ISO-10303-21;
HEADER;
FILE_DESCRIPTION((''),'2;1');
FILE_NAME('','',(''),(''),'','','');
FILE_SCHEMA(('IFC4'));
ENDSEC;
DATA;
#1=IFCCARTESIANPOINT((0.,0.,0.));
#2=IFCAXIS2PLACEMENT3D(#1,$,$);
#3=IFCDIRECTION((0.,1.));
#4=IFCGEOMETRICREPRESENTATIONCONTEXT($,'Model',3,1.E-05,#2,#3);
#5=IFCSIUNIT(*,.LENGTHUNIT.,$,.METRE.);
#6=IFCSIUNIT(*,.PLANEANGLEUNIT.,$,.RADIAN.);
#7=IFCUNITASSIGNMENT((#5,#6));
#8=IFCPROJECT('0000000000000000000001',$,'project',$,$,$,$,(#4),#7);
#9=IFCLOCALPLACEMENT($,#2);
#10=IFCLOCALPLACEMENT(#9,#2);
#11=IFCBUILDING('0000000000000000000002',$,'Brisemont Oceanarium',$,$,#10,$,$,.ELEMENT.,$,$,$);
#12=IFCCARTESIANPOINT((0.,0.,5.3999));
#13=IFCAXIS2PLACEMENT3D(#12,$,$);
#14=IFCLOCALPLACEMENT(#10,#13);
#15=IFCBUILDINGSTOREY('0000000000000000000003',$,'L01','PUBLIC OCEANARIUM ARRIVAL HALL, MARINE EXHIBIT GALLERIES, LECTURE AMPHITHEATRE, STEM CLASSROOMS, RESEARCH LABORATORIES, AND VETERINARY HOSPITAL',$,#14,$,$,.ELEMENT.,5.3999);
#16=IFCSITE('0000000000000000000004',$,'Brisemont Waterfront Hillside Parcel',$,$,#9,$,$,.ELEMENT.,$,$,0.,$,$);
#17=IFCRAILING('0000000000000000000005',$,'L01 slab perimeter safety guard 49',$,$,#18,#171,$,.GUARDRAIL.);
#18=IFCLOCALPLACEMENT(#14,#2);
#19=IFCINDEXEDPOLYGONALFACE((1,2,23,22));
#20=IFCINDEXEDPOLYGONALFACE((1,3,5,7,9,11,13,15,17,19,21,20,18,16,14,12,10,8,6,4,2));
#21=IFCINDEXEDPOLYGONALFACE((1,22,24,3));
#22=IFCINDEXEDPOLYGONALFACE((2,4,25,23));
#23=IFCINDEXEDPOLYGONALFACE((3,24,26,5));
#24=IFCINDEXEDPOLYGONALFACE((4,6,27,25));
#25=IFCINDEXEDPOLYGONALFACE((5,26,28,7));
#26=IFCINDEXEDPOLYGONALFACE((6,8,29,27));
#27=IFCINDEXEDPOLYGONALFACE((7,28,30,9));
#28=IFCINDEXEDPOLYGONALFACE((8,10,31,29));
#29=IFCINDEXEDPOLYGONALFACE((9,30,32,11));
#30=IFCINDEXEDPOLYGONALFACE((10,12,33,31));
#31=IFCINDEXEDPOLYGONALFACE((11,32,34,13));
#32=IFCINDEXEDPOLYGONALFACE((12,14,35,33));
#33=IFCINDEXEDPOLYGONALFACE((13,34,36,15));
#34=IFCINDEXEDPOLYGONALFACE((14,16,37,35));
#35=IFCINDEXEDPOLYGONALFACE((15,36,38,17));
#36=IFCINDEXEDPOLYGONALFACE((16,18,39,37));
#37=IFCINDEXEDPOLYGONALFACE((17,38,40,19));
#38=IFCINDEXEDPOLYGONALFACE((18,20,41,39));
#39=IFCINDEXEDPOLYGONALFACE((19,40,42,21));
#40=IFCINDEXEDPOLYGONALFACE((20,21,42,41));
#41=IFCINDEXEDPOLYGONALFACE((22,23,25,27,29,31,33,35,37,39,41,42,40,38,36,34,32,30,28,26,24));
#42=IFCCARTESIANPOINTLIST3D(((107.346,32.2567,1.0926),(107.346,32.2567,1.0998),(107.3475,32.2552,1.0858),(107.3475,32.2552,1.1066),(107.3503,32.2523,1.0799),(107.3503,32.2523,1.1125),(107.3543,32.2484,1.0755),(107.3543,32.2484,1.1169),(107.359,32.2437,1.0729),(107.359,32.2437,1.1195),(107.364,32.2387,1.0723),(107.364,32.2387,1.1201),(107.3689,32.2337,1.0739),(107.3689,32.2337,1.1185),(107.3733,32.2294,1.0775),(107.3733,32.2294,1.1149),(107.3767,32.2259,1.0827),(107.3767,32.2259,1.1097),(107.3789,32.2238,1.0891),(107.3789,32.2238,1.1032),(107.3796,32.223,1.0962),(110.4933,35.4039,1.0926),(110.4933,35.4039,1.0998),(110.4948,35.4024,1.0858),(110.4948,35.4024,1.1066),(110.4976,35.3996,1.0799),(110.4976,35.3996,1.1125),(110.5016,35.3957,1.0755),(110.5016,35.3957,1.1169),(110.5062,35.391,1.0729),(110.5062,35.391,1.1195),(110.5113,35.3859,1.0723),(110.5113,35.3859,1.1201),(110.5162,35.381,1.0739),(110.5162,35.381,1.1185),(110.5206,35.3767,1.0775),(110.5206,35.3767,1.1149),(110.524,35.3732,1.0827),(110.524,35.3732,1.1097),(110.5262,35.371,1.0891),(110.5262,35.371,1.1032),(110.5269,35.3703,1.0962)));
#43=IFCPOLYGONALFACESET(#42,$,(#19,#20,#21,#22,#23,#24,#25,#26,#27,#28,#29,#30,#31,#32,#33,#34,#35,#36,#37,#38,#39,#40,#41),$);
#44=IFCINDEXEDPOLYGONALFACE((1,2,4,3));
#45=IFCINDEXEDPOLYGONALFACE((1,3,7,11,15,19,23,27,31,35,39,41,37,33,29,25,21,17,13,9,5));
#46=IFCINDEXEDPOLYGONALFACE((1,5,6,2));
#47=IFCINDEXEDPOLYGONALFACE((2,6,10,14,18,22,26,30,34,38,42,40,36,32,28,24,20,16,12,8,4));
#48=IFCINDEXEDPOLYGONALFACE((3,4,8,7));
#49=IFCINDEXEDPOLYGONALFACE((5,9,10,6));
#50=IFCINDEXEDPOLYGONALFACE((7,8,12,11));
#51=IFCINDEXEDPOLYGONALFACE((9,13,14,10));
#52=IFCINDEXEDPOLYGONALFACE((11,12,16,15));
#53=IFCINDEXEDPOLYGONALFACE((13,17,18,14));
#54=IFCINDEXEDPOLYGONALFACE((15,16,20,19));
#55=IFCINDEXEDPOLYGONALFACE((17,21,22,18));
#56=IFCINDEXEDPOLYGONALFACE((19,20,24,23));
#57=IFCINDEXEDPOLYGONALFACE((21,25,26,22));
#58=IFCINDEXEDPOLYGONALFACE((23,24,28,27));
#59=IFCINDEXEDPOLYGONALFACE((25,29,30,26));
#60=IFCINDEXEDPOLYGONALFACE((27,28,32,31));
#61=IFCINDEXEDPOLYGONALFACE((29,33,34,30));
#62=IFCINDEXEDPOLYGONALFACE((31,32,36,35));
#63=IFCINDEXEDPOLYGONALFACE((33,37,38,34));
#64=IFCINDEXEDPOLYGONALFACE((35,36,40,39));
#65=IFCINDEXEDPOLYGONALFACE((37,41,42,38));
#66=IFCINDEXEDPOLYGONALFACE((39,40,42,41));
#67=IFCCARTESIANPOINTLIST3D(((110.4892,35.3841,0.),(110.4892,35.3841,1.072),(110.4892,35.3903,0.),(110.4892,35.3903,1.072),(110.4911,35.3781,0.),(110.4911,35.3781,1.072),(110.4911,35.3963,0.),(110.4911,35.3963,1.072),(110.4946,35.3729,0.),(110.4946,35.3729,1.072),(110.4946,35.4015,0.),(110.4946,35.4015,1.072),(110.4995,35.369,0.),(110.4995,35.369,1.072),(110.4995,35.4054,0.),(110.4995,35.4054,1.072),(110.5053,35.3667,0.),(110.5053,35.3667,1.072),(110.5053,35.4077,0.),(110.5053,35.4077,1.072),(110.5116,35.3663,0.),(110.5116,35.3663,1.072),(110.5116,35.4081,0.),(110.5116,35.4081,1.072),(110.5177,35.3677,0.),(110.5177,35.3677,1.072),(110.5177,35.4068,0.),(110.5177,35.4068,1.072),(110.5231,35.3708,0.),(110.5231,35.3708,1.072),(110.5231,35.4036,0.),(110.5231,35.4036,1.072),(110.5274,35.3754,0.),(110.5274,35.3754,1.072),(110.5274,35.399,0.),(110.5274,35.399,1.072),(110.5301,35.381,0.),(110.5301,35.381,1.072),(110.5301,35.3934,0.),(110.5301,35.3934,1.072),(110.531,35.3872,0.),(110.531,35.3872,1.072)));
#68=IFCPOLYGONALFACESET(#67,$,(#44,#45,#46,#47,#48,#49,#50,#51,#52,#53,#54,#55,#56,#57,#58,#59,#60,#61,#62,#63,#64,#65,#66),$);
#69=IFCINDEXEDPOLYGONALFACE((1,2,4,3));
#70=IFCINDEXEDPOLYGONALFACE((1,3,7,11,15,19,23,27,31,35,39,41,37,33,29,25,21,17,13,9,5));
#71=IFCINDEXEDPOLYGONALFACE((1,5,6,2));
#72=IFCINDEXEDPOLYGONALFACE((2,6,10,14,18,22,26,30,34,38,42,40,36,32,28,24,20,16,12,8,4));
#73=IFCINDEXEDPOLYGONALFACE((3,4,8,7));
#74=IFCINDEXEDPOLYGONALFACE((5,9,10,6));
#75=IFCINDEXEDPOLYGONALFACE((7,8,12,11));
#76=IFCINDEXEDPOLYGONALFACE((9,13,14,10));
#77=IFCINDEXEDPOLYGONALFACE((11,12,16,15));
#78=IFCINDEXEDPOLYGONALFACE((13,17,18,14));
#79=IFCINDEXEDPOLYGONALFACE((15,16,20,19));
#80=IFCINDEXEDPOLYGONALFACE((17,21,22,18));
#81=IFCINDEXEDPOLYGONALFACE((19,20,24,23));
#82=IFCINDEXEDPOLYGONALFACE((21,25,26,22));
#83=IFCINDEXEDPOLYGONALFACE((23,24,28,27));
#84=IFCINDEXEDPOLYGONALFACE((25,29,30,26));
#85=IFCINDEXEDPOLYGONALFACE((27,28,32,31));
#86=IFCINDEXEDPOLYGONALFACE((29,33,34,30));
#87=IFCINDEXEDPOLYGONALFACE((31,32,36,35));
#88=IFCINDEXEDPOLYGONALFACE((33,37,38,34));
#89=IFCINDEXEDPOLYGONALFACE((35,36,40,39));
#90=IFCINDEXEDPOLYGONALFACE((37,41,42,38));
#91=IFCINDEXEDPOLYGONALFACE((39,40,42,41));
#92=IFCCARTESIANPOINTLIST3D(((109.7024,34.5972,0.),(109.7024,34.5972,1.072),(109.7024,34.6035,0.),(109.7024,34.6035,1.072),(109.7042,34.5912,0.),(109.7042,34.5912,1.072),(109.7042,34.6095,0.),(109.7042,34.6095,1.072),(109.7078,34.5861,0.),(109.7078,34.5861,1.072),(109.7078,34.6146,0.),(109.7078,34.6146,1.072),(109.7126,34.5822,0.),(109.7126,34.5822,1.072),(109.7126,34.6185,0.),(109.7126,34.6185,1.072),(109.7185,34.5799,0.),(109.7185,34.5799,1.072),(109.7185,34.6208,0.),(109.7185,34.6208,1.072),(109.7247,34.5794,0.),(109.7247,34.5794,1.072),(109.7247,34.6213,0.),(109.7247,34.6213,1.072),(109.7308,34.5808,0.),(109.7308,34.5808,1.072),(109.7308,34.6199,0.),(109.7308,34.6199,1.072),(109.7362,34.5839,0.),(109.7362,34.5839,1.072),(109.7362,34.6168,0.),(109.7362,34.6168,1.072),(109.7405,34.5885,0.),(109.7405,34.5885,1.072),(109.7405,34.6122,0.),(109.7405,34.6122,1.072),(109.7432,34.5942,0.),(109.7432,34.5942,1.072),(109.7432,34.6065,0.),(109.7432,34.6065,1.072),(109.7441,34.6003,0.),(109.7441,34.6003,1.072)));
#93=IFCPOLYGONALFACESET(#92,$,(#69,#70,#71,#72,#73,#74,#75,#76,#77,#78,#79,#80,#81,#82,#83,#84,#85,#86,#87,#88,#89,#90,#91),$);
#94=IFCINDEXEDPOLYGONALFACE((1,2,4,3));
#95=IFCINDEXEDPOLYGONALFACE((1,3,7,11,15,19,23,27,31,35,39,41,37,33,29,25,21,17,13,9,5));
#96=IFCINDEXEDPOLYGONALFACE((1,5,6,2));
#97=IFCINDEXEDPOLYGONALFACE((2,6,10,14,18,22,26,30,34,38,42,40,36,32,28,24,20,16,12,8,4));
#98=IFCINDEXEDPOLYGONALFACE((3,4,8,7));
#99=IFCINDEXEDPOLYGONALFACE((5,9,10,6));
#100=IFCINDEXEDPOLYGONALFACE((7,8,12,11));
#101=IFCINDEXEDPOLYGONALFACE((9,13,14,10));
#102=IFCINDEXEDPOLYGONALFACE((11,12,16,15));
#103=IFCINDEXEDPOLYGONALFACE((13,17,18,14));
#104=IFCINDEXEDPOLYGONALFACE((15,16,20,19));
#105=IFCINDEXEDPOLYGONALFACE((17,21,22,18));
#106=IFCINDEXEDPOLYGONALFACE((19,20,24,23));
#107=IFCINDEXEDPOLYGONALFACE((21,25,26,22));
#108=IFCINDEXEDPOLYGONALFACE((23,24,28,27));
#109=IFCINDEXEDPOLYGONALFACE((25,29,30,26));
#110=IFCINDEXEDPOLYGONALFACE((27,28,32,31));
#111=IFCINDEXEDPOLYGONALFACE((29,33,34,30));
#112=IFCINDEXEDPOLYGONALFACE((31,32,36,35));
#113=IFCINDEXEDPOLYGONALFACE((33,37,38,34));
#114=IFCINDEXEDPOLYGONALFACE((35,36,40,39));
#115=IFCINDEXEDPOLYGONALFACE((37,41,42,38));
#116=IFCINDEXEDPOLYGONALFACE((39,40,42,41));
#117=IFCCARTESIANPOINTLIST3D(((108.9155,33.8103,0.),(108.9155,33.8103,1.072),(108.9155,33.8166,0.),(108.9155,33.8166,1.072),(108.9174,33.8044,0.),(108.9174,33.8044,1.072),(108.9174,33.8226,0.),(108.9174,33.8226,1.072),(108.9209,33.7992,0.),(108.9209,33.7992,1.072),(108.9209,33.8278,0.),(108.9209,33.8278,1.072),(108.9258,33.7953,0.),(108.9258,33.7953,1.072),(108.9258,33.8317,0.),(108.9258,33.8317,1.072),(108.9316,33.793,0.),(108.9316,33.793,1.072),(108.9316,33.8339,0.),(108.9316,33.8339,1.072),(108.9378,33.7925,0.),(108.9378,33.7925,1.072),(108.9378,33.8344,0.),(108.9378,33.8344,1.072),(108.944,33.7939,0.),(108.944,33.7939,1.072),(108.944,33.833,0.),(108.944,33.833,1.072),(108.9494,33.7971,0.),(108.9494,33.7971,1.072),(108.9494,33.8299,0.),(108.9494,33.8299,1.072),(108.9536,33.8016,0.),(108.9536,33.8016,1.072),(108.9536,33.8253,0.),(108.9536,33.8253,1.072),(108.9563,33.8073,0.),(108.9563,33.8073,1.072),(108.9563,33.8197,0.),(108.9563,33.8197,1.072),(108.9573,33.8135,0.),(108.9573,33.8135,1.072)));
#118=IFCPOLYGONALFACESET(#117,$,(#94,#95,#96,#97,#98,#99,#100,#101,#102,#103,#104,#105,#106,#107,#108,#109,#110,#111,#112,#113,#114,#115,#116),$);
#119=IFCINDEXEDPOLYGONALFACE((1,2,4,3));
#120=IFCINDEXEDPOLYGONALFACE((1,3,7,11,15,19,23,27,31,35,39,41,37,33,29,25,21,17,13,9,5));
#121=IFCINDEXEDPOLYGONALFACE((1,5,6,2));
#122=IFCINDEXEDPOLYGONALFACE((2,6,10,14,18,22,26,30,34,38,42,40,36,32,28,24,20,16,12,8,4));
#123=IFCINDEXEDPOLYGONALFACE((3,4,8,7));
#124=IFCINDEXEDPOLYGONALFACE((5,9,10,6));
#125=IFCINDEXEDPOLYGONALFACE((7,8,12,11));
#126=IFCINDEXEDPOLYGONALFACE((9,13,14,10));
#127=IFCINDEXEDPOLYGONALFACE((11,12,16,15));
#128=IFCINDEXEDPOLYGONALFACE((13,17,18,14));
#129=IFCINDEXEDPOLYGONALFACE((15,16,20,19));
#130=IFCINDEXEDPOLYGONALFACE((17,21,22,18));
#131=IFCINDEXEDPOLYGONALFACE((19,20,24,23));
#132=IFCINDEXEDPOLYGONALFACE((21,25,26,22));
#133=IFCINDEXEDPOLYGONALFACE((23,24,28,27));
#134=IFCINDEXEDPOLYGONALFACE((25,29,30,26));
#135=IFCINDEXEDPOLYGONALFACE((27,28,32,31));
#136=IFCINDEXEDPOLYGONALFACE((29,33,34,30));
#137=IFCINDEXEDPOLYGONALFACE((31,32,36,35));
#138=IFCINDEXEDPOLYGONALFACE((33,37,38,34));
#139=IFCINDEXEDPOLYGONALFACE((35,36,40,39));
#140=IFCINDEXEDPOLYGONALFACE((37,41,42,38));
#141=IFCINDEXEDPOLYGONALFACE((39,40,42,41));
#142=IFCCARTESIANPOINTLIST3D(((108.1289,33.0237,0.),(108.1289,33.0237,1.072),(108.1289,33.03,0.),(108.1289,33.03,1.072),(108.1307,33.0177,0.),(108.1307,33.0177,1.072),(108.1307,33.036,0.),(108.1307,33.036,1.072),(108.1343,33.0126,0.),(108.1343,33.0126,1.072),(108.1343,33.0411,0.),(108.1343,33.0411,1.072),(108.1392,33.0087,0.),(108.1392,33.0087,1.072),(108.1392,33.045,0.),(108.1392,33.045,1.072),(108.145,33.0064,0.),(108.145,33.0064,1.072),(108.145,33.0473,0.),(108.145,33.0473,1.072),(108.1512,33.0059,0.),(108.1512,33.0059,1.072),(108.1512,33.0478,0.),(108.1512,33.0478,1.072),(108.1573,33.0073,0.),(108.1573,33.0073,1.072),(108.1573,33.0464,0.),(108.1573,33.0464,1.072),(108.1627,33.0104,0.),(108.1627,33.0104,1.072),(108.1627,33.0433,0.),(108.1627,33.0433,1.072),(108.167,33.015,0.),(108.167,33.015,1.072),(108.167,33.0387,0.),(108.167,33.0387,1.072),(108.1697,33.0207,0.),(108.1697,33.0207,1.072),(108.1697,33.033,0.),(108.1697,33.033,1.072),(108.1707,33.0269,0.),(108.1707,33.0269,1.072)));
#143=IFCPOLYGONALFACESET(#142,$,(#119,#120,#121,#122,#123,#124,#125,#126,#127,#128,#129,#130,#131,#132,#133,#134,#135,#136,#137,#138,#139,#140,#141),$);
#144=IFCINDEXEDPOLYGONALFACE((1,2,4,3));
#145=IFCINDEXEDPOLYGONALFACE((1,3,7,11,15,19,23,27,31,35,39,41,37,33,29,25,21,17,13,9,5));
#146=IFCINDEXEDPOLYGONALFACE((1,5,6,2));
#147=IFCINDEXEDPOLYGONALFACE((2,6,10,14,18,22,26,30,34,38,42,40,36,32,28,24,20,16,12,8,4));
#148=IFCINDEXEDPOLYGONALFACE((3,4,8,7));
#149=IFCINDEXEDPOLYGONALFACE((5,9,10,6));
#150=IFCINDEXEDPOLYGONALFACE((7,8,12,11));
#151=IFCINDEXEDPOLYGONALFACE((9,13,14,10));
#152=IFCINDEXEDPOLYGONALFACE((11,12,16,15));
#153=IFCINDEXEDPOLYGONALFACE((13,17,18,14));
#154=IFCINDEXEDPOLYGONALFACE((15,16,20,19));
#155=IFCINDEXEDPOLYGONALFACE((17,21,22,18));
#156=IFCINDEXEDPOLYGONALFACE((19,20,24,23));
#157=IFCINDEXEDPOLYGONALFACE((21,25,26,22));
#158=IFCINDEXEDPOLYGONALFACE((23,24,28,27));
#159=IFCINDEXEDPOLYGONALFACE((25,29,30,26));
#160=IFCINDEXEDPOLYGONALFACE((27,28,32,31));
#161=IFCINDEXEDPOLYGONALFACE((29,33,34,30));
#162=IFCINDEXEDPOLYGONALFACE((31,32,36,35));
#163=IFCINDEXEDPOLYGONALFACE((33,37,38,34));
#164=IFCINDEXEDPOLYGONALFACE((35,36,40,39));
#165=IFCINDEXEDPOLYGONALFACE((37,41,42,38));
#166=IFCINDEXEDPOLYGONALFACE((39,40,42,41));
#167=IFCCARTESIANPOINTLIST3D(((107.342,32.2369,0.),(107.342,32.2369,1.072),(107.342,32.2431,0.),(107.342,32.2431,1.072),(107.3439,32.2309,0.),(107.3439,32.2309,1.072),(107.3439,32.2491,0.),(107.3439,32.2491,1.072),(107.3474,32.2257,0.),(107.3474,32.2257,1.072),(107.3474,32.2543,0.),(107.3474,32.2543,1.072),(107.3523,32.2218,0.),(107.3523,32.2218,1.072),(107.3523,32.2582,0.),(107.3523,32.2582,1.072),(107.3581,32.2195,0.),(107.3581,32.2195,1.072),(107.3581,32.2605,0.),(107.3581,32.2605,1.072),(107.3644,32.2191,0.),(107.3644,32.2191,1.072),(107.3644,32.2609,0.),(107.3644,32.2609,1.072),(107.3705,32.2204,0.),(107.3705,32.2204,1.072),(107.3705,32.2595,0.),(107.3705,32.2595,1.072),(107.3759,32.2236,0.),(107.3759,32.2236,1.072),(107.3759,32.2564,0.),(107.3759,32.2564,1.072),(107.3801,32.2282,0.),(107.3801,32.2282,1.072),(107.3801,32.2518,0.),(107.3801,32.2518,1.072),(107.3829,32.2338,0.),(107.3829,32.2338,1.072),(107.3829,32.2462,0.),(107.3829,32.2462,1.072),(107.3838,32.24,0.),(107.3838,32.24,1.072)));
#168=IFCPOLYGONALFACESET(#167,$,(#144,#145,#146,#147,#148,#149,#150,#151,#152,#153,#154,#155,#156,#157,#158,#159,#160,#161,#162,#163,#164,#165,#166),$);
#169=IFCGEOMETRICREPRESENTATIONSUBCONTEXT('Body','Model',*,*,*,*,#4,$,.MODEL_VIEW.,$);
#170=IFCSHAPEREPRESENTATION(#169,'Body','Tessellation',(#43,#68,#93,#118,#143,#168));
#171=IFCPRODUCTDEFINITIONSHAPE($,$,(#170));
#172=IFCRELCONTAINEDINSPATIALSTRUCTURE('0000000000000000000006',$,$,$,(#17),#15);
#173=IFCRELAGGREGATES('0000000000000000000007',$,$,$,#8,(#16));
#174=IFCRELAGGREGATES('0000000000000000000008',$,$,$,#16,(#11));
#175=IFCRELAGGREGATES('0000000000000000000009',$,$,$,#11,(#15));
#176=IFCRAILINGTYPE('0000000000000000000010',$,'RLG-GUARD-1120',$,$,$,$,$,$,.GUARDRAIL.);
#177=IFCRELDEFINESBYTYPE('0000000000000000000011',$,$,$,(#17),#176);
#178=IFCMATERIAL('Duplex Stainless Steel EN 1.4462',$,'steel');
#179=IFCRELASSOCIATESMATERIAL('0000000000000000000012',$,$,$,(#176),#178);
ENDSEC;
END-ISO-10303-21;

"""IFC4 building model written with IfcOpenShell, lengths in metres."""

from ifc_helpers import new_model, si_unit, direction, frame, origin, origin_2d, place, context, subcontext, project, spatial, circle, extrude, material, type_object, element, save


model = new_model("IFC4")

# Units and contexts
model_context = context("Model", 3, precision=1e-05, world=origin(), true_north=direction((0.0, 1.0)))
body_context = subcontext(model_context, "Body", "Model", "MODEL_VIEW")
ifc_project = project(units=[si_unit("LENGTHUNIT", "METRE"), si_unit("PLANEANGLEUNIT", "RADIAN")], contexts=[model_context])

# Site, building, storey
site_placement = place(None, origin())
site = spatial("IfcSite", under=ifc_project, at=site_placement, Name="Brisemont Waterfront Hillside Parcel", CompositionType="ELEMENT", RefElevation=0.0)
building_placement = place(site_placement, origin())
building = spatial("IfcBuilding", under=site, at=building_placement, Name="Brisemont Oceanarium", CompositionType="ELEMENT")
storey_placement = place(building_placement, frame((0.0, 0.0, 5.3999)))
storey = spatial("IfcBuildingStorey", under=building, at=storey_placement, Name="L01", Description="PUBLIC OCEANARIUM ARRIVAL HALL, MARINE EXHIBIT GALLERIES, LECTURE AMPHITHEATRE, STEM CLASSROOMS, RESEARCH LABORATORIES, AND VETERINARY HOSPITAL", CompositionType="ELEMENT", Elevation=5.3999)

# Railing
ifc_material_1 = material(Name="Duplex Stainless Steel EN 1.4462", Category="steel")
railing_type_1 = type_object("IfcRailingType", Name="RLG-GUARD-1120", PredefinedType="GUARDRAIL", material=ifc_material_1)
railing_1_placement = place(storey_placement, frame((110.51, 35.3872, 0.0)))
element("IfcRailing", 1, at=railing_1_placement, inside=storey, type_object=railing_type_1, Name="L01 slab perimeter safety guard 49", PredefinedType="GUARDRAIL", context=body_context, shape_type="SweptSolid", body=[
    extrude(circle(Radius=0.0239, at=origin_2d()), frame((0.0, 0.0, 1.0962), z_axis=(-0.707107, -0.707107, 0.0), x_axis=(0.707107, -0.707107, 0.0)), (0.0, 0.0, 1.0), 4.4509),
    extrude(circle(Radius=0.021, at=origin_2d()), origin(), (0.0, 0.0, 1.0), 1.072),
    extrude(circle(Radius=0.021, at=origin_2d()), frame((-0.7869, -0.7869, 0.0)), (0.0, 0.0, 1.0), 1.072),
    extrude(circle(Radius=0.021, at=origin_2d()), frame((-1.5737, -1.5737, 0.0)), (0.0, 0.0, 1.0), 1.072),
    extrude(circle(Radius=0.021, at=origin_2d()), frame((-2.3604, -2.3604, 0.0)), (0.0, 0.0, 1.0), 1.072),
    extrude(circle(Radius=0.021, at=origin_2d()), frame((-3.1472, -3.1472, 0.0)), (0.0, 0.0, 1.0), 1.072),
])

save(model, "model.ifc")
